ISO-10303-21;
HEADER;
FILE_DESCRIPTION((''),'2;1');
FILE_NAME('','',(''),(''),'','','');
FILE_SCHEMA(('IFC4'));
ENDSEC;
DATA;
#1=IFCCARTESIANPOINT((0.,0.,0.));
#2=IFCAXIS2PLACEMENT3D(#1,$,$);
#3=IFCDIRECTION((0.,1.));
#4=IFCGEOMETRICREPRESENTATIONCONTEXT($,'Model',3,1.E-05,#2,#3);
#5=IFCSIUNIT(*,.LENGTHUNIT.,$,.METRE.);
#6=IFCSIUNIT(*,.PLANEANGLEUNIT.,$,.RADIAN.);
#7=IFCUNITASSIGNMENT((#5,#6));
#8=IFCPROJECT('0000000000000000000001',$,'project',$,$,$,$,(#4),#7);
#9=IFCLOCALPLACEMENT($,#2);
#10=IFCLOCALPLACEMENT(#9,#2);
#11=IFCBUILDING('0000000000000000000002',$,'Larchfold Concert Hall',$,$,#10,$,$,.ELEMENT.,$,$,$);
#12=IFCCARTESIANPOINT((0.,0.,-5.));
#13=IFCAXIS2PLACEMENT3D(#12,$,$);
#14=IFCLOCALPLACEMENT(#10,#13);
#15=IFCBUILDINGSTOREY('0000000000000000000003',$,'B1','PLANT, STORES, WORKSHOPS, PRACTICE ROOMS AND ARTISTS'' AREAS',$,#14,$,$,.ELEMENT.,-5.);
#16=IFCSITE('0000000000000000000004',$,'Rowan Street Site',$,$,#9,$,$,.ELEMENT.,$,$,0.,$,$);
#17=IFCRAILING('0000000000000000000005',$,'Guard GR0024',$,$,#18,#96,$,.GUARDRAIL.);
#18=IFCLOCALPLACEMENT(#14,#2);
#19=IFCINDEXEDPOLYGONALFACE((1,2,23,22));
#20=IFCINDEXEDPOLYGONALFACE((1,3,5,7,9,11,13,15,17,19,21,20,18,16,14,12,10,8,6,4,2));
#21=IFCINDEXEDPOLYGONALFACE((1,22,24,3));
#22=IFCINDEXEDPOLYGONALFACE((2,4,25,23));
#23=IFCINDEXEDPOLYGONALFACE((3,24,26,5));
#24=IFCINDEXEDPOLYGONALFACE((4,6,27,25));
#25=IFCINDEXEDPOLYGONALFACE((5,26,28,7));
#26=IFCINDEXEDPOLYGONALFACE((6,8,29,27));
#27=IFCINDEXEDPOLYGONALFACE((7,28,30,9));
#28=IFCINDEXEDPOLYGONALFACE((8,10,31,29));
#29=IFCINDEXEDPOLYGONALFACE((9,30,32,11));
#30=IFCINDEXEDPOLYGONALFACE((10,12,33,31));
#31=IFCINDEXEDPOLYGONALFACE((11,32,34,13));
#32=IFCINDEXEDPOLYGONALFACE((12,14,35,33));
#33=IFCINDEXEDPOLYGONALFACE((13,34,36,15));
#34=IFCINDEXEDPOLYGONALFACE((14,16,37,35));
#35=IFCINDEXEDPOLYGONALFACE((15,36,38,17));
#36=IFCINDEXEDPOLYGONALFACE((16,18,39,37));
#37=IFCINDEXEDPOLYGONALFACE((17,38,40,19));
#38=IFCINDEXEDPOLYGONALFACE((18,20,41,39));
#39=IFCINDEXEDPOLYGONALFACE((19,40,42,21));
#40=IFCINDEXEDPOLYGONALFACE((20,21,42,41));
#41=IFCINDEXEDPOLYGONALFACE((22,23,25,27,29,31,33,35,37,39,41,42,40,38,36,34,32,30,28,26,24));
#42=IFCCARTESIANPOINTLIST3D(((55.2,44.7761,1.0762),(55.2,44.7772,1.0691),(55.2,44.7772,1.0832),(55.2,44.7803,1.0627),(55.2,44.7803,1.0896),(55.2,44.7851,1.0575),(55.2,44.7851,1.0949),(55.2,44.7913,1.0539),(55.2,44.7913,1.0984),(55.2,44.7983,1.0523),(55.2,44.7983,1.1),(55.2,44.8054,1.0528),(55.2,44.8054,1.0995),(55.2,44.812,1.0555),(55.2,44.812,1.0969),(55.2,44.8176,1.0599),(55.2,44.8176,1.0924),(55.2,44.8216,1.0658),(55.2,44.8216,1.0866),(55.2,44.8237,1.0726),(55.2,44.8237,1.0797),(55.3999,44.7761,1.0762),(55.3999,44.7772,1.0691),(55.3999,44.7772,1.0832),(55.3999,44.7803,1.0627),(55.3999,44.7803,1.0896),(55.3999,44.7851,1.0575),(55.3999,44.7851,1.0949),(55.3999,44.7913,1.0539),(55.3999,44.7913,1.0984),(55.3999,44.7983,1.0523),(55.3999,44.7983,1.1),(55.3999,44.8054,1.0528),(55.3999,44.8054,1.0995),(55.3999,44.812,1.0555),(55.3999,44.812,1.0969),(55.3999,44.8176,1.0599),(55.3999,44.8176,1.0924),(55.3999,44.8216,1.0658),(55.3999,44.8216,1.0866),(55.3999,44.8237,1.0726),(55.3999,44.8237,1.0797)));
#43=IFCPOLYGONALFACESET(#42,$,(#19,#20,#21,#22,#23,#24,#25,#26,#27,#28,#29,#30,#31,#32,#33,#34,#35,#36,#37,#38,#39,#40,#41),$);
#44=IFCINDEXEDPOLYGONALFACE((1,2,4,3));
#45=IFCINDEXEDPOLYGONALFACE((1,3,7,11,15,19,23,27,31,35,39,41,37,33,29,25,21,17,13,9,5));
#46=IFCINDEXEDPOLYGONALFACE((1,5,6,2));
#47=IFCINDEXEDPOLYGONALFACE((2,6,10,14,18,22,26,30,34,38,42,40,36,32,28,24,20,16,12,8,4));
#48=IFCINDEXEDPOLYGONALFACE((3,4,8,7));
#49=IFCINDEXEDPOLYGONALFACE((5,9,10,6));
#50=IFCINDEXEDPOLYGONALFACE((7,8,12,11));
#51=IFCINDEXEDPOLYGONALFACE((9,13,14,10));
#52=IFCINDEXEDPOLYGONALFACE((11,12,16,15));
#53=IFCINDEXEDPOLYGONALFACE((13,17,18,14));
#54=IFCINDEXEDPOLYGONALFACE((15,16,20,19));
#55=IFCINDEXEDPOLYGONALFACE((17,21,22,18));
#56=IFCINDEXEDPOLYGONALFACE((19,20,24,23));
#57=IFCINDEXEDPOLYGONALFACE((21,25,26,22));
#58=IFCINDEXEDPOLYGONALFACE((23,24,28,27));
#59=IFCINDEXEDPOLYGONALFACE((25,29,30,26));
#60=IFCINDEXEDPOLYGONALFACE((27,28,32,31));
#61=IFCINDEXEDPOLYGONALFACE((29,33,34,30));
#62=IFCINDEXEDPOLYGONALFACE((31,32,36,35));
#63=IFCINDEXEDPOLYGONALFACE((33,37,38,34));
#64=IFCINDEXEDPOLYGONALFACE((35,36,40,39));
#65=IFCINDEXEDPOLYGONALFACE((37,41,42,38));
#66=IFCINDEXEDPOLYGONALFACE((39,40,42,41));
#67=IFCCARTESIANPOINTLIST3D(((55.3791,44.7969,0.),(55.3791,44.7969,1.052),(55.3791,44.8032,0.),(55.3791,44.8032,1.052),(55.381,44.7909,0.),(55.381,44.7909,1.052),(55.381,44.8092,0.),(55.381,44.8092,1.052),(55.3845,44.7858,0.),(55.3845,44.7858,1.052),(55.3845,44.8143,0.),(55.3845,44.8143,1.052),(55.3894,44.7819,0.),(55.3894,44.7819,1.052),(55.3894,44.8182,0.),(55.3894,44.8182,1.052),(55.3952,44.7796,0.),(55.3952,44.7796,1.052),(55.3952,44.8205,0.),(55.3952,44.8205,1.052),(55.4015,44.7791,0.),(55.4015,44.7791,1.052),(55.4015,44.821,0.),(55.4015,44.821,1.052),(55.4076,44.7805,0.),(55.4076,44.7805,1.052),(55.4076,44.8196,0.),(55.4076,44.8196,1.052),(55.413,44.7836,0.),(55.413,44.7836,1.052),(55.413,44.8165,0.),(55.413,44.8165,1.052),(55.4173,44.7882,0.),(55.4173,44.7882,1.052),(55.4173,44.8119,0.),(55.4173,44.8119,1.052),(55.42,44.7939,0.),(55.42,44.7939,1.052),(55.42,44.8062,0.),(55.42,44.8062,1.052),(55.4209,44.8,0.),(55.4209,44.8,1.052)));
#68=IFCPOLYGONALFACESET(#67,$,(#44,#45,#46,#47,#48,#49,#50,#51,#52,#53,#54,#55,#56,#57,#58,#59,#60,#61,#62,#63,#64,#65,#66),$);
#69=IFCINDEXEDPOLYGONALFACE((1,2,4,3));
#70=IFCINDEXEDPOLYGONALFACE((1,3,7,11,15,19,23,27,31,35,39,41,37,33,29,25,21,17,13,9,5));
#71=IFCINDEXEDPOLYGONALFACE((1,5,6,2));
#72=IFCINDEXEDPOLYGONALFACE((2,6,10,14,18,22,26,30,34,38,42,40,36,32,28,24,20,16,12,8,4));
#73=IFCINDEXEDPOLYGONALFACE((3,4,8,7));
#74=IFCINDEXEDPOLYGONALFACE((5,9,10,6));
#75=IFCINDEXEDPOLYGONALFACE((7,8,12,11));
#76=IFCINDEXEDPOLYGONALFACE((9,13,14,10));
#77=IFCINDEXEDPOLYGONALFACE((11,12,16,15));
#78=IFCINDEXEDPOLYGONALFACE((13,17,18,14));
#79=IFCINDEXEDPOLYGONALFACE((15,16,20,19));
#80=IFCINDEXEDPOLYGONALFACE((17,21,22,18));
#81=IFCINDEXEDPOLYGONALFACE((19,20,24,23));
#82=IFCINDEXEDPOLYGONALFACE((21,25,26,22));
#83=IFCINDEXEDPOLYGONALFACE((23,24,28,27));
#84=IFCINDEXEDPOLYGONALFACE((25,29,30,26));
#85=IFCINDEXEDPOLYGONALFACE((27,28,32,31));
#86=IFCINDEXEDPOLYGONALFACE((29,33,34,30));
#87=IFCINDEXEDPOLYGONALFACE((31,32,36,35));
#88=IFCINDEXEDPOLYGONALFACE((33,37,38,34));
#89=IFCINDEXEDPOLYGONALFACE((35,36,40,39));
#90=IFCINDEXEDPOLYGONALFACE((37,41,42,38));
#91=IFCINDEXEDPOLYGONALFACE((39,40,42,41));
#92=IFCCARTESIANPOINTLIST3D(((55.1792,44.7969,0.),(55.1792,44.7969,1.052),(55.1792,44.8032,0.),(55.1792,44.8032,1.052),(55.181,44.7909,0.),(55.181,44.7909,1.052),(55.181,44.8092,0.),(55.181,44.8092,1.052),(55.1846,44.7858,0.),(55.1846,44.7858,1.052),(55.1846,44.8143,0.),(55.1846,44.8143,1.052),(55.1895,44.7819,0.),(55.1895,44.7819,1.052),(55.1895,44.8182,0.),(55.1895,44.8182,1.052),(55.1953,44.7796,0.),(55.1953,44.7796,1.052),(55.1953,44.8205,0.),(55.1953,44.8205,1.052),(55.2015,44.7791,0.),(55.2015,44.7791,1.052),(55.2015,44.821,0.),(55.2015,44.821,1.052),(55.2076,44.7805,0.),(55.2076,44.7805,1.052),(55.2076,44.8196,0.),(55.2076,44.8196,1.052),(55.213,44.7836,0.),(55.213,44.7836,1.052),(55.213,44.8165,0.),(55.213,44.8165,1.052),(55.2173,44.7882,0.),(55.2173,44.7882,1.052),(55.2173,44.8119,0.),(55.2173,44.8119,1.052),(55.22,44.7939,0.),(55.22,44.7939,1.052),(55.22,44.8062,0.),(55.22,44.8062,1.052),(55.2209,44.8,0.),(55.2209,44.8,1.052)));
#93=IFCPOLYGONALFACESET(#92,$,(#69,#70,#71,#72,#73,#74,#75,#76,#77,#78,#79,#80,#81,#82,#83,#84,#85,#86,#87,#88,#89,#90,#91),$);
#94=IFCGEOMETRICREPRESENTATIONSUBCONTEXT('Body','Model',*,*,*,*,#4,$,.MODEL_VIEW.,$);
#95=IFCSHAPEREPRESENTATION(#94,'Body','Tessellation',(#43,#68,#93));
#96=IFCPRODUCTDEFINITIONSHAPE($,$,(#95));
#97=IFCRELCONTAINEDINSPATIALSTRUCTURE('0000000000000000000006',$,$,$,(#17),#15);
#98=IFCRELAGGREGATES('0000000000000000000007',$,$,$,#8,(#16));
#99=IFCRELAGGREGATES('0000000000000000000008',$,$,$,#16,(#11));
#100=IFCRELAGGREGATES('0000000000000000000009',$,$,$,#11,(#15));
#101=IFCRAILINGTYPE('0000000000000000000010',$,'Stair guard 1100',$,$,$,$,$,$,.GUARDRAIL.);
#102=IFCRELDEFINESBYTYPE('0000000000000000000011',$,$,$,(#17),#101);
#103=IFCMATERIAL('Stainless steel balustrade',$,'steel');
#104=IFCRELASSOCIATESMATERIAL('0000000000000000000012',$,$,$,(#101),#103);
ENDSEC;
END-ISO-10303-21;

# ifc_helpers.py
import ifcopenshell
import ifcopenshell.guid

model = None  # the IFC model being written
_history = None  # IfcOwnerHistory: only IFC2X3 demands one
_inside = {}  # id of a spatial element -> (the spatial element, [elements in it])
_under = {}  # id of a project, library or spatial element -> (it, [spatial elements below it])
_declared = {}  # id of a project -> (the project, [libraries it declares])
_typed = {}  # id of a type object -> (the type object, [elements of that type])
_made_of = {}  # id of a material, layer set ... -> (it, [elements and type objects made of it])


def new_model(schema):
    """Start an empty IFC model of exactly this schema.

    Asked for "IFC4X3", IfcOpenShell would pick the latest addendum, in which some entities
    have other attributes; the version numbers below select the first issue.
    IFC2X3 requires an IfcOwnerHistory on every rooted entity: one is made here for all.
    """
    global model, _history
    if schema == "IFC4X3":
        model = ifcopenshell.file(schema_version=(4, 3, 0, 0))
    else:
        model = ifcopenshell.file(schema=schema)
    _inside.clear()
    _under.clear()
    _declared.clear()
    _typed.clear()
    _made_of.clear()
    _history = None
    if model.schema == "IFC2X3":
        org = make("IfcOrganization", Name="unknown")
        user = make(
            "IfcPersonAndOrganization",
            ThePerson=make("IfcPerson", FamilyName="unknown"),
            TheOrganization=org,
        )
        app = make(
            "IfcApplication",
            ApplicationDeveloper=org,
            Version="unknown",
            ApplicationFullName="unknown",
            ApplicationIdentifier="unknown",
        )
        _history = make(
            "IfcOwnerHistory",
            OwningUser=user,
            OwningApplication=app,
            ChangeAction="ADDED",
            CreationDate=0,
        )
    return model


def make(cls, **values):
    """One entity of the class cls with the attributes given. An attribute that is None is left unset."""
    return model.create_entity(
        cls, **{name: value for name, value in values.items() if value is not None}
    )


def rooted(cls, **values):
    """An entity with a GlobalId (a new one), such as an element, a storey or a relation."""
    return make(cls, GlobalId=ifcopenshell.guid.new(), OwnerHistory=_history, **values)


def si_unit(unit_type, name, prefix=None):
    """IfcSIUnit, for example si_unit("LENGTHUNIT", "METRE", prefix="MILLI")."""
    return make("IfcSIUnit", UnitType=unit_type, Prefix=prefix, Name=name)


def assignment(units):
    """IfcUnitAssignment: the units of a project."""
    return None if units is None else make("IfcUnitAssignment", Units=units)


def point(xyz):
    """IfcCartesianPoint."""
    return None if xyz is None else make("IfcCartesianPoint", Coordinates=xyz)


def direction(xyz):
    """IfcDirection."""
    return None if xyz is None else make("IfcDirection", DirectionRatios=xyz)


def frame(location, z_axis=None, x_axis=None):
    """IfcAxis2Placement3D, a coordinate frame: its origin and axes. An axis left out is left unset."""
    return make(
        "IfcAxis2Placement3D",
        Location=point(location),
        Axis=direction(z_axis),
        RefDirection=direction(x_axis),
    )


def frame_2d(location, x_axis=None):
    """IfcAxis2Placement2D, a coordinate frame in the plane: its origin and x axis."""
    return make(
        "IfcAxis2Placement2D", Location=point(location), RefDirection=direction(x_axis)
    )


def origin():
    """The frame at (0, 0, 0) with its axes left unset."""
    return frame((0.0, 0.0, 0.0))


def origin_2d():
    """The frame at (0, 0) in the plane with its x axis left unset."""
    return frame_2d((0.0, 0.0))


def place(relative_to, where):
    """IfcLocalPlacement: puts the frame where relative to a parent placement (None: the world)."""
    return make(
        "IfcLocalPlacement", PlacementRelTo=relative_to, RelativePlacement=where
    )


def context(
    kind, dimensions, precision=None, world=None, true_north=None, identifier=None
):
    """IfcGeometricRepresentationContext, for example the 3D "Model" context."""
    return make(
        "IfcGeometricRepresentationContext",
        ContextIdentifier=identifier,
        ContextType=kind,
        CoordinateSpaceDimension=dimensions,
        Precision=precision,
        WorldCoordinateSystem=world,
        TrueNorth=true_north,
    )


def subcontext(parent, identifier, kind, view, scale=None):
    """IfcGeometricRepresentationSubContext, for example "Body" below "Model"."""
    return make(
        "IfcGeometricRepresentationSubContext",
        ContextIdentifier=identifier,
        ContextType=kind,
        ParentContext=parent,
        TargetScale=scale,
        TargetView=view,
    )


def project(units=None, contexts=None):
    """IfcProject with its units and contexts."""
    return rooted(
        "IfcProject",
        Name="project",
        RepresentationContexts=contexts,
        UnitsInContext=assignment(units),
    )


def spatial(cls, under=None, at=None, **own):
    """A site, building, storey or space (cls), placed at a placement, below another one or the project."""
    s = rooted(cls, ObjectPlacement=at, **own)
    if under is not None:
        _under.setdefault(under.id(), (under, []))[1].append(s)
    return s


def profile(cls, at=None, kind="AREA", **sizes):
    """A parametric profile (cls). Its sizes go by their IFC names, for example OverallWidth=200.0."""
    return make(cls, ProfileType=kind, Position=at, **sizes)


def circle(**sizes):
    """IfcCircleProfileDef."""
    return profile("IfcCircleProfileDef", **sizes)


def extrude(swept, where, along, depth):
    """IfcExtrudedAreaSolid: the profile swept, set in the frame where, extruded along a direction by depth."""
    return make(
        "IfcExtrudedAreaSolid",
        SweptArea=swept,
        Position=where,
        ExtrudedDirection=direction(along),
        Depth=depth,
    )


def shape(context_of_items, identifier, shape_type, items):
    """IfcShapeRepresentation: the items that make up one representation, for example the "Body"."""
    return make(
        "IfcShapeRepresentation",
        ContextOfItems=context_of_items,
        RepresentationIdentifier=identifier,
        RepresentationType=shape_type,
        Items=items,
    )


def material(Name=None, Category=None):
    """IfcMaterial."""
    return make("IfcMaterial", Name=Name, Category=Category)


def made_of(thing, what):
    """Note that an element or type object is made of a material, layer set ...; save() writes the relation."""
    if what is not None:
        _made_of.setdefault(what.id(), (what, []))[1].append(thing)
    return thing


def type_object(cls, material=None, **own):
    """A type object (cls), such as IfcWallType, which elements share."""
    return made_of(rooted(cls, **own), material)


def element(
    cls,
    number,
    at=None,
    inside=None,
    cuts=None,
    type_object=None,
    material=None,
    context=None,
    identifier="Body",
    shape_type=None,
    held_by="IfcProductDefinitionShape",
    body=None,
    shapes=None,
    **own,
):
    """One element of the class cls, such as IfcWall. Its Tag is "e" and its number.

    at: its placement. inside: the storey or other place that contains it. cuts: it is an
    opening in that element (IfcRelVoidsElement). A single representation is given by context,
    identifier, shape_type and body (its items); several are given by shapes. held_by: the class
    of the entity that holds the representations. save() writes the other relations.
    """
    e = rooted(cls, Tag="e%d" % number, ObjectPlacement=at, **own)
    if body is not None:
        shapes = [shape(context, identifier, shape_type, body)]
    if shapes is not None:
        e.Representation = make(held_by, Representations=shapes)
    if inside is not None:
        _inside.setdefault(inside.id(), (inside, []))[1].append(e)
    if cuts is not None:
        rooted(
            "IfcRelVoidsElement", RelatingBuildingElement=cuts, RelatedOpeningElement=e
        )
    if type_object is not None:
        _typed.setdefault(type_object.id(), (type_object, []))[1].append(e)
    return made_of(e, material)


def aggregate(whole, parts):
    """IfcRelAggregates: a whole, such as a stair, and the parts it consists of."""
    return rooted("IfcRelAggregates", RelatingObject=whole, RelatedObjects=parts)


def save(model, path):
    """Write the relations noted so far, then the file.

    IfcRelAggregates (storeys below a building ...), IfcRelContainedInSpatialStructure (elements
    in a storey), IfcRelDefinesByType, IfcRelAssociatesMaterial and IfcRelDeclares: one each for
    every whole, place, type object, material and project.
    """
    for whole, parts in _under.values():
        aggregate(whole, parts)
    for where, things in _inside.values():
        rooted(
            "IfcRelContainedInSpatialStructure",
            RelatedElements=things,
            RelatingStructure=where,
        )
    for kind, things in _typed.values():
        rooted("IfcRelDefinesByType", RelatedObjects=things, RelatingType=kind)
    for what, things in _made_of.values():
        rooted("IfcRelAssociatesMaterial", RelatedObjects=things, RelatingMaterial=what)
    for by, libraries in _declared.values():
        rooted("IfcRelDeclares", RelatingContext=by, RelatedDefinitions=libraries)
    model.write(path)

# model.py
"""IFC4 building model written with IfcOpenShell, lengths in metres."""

from ifc_helpers import new_model, si_unit, direction, frame, origin, origin_2d, place, context, subcontext, project, spatial, circle, extrude, material, type_object, element, save


model = new_model("IFC4")

# Units and contexts
model_context = context("Model", 3, precision=1e-05, world=origin(), true_north=direction((0.0, 1.0)))
body_context = subcontext(model_context, "Body", "Model", "MODEL_VIEW")
ifc_project = project(units=[si_unit("LENGTHUNIT", "METRE"), si_unit("PLANEANGLEUNIT", "RADIAN")], contexts=[model_context])

# Site, building, storey
site_placement = place(None, origin())
site = spatial("IfcSite", under=ifc_project, at=site_placement, Name="Rowan Street Site", CompositionType="ELEMENT", RefElevation=0.0)
building_placement = place(site_placement, origin())
building = spatial("IfcBuilding", under=site, at=building_placement, Name="Larchfold Concert Hall", CompositionType="ELEMENT")
storey_placement = place(building_placement, frame((0.0, 0.0, -5.0)))
storey = spatial("IfcBuildingStorey", under=building, at=storey_placement, Name="B1", Description="PLANT, STORES, WORKSHOPS, PRACTICE ROOMS AND ARTISTS' AREAS", CompositionType="ELEMENT", Elevation=-5.0)

# Railing
ifc_material_1 = material(Name="Stainless steel balustrade", Category="steel")
railing_type_1 = type_object("IfcRailingType", Name="Stair guard 1100", PredefinedType="GUARDRAIL", material=ifc_material_1)
railing_1_placement = place(storey_placement, frame((55.3999, 44.8, 0.0)))
element("IfcRailing", 1, at=railing_1_placement, inside=storey, type_object=railing_type_1, Name="Guard GR0024", PredefinedType="GUARDRAIL", context=body_context, shape_type="SweptSolid", body=[
    extrude(circle(Radius=0.0239, at=origin_2d()), frame((0.0, 0.0, 1.0762), z_axis=(-1.0, 0.0, 0.0), x_axis=(0.0, -1.0, 0.0)), (0.0, 0.0, 1.0), 0.2),
    extrude(circle(Radius=0.021, at=origin_2d()), origin(), (0.0, 0.0, 1.0), 1.052),
    extrude(circle(Radius=0.021, at=origin_2d()), frame((-0.2, 0.0, 0.0)), (0.0, 0.0, 1.0), 1.052),
])

save(model, "model.ifc")
